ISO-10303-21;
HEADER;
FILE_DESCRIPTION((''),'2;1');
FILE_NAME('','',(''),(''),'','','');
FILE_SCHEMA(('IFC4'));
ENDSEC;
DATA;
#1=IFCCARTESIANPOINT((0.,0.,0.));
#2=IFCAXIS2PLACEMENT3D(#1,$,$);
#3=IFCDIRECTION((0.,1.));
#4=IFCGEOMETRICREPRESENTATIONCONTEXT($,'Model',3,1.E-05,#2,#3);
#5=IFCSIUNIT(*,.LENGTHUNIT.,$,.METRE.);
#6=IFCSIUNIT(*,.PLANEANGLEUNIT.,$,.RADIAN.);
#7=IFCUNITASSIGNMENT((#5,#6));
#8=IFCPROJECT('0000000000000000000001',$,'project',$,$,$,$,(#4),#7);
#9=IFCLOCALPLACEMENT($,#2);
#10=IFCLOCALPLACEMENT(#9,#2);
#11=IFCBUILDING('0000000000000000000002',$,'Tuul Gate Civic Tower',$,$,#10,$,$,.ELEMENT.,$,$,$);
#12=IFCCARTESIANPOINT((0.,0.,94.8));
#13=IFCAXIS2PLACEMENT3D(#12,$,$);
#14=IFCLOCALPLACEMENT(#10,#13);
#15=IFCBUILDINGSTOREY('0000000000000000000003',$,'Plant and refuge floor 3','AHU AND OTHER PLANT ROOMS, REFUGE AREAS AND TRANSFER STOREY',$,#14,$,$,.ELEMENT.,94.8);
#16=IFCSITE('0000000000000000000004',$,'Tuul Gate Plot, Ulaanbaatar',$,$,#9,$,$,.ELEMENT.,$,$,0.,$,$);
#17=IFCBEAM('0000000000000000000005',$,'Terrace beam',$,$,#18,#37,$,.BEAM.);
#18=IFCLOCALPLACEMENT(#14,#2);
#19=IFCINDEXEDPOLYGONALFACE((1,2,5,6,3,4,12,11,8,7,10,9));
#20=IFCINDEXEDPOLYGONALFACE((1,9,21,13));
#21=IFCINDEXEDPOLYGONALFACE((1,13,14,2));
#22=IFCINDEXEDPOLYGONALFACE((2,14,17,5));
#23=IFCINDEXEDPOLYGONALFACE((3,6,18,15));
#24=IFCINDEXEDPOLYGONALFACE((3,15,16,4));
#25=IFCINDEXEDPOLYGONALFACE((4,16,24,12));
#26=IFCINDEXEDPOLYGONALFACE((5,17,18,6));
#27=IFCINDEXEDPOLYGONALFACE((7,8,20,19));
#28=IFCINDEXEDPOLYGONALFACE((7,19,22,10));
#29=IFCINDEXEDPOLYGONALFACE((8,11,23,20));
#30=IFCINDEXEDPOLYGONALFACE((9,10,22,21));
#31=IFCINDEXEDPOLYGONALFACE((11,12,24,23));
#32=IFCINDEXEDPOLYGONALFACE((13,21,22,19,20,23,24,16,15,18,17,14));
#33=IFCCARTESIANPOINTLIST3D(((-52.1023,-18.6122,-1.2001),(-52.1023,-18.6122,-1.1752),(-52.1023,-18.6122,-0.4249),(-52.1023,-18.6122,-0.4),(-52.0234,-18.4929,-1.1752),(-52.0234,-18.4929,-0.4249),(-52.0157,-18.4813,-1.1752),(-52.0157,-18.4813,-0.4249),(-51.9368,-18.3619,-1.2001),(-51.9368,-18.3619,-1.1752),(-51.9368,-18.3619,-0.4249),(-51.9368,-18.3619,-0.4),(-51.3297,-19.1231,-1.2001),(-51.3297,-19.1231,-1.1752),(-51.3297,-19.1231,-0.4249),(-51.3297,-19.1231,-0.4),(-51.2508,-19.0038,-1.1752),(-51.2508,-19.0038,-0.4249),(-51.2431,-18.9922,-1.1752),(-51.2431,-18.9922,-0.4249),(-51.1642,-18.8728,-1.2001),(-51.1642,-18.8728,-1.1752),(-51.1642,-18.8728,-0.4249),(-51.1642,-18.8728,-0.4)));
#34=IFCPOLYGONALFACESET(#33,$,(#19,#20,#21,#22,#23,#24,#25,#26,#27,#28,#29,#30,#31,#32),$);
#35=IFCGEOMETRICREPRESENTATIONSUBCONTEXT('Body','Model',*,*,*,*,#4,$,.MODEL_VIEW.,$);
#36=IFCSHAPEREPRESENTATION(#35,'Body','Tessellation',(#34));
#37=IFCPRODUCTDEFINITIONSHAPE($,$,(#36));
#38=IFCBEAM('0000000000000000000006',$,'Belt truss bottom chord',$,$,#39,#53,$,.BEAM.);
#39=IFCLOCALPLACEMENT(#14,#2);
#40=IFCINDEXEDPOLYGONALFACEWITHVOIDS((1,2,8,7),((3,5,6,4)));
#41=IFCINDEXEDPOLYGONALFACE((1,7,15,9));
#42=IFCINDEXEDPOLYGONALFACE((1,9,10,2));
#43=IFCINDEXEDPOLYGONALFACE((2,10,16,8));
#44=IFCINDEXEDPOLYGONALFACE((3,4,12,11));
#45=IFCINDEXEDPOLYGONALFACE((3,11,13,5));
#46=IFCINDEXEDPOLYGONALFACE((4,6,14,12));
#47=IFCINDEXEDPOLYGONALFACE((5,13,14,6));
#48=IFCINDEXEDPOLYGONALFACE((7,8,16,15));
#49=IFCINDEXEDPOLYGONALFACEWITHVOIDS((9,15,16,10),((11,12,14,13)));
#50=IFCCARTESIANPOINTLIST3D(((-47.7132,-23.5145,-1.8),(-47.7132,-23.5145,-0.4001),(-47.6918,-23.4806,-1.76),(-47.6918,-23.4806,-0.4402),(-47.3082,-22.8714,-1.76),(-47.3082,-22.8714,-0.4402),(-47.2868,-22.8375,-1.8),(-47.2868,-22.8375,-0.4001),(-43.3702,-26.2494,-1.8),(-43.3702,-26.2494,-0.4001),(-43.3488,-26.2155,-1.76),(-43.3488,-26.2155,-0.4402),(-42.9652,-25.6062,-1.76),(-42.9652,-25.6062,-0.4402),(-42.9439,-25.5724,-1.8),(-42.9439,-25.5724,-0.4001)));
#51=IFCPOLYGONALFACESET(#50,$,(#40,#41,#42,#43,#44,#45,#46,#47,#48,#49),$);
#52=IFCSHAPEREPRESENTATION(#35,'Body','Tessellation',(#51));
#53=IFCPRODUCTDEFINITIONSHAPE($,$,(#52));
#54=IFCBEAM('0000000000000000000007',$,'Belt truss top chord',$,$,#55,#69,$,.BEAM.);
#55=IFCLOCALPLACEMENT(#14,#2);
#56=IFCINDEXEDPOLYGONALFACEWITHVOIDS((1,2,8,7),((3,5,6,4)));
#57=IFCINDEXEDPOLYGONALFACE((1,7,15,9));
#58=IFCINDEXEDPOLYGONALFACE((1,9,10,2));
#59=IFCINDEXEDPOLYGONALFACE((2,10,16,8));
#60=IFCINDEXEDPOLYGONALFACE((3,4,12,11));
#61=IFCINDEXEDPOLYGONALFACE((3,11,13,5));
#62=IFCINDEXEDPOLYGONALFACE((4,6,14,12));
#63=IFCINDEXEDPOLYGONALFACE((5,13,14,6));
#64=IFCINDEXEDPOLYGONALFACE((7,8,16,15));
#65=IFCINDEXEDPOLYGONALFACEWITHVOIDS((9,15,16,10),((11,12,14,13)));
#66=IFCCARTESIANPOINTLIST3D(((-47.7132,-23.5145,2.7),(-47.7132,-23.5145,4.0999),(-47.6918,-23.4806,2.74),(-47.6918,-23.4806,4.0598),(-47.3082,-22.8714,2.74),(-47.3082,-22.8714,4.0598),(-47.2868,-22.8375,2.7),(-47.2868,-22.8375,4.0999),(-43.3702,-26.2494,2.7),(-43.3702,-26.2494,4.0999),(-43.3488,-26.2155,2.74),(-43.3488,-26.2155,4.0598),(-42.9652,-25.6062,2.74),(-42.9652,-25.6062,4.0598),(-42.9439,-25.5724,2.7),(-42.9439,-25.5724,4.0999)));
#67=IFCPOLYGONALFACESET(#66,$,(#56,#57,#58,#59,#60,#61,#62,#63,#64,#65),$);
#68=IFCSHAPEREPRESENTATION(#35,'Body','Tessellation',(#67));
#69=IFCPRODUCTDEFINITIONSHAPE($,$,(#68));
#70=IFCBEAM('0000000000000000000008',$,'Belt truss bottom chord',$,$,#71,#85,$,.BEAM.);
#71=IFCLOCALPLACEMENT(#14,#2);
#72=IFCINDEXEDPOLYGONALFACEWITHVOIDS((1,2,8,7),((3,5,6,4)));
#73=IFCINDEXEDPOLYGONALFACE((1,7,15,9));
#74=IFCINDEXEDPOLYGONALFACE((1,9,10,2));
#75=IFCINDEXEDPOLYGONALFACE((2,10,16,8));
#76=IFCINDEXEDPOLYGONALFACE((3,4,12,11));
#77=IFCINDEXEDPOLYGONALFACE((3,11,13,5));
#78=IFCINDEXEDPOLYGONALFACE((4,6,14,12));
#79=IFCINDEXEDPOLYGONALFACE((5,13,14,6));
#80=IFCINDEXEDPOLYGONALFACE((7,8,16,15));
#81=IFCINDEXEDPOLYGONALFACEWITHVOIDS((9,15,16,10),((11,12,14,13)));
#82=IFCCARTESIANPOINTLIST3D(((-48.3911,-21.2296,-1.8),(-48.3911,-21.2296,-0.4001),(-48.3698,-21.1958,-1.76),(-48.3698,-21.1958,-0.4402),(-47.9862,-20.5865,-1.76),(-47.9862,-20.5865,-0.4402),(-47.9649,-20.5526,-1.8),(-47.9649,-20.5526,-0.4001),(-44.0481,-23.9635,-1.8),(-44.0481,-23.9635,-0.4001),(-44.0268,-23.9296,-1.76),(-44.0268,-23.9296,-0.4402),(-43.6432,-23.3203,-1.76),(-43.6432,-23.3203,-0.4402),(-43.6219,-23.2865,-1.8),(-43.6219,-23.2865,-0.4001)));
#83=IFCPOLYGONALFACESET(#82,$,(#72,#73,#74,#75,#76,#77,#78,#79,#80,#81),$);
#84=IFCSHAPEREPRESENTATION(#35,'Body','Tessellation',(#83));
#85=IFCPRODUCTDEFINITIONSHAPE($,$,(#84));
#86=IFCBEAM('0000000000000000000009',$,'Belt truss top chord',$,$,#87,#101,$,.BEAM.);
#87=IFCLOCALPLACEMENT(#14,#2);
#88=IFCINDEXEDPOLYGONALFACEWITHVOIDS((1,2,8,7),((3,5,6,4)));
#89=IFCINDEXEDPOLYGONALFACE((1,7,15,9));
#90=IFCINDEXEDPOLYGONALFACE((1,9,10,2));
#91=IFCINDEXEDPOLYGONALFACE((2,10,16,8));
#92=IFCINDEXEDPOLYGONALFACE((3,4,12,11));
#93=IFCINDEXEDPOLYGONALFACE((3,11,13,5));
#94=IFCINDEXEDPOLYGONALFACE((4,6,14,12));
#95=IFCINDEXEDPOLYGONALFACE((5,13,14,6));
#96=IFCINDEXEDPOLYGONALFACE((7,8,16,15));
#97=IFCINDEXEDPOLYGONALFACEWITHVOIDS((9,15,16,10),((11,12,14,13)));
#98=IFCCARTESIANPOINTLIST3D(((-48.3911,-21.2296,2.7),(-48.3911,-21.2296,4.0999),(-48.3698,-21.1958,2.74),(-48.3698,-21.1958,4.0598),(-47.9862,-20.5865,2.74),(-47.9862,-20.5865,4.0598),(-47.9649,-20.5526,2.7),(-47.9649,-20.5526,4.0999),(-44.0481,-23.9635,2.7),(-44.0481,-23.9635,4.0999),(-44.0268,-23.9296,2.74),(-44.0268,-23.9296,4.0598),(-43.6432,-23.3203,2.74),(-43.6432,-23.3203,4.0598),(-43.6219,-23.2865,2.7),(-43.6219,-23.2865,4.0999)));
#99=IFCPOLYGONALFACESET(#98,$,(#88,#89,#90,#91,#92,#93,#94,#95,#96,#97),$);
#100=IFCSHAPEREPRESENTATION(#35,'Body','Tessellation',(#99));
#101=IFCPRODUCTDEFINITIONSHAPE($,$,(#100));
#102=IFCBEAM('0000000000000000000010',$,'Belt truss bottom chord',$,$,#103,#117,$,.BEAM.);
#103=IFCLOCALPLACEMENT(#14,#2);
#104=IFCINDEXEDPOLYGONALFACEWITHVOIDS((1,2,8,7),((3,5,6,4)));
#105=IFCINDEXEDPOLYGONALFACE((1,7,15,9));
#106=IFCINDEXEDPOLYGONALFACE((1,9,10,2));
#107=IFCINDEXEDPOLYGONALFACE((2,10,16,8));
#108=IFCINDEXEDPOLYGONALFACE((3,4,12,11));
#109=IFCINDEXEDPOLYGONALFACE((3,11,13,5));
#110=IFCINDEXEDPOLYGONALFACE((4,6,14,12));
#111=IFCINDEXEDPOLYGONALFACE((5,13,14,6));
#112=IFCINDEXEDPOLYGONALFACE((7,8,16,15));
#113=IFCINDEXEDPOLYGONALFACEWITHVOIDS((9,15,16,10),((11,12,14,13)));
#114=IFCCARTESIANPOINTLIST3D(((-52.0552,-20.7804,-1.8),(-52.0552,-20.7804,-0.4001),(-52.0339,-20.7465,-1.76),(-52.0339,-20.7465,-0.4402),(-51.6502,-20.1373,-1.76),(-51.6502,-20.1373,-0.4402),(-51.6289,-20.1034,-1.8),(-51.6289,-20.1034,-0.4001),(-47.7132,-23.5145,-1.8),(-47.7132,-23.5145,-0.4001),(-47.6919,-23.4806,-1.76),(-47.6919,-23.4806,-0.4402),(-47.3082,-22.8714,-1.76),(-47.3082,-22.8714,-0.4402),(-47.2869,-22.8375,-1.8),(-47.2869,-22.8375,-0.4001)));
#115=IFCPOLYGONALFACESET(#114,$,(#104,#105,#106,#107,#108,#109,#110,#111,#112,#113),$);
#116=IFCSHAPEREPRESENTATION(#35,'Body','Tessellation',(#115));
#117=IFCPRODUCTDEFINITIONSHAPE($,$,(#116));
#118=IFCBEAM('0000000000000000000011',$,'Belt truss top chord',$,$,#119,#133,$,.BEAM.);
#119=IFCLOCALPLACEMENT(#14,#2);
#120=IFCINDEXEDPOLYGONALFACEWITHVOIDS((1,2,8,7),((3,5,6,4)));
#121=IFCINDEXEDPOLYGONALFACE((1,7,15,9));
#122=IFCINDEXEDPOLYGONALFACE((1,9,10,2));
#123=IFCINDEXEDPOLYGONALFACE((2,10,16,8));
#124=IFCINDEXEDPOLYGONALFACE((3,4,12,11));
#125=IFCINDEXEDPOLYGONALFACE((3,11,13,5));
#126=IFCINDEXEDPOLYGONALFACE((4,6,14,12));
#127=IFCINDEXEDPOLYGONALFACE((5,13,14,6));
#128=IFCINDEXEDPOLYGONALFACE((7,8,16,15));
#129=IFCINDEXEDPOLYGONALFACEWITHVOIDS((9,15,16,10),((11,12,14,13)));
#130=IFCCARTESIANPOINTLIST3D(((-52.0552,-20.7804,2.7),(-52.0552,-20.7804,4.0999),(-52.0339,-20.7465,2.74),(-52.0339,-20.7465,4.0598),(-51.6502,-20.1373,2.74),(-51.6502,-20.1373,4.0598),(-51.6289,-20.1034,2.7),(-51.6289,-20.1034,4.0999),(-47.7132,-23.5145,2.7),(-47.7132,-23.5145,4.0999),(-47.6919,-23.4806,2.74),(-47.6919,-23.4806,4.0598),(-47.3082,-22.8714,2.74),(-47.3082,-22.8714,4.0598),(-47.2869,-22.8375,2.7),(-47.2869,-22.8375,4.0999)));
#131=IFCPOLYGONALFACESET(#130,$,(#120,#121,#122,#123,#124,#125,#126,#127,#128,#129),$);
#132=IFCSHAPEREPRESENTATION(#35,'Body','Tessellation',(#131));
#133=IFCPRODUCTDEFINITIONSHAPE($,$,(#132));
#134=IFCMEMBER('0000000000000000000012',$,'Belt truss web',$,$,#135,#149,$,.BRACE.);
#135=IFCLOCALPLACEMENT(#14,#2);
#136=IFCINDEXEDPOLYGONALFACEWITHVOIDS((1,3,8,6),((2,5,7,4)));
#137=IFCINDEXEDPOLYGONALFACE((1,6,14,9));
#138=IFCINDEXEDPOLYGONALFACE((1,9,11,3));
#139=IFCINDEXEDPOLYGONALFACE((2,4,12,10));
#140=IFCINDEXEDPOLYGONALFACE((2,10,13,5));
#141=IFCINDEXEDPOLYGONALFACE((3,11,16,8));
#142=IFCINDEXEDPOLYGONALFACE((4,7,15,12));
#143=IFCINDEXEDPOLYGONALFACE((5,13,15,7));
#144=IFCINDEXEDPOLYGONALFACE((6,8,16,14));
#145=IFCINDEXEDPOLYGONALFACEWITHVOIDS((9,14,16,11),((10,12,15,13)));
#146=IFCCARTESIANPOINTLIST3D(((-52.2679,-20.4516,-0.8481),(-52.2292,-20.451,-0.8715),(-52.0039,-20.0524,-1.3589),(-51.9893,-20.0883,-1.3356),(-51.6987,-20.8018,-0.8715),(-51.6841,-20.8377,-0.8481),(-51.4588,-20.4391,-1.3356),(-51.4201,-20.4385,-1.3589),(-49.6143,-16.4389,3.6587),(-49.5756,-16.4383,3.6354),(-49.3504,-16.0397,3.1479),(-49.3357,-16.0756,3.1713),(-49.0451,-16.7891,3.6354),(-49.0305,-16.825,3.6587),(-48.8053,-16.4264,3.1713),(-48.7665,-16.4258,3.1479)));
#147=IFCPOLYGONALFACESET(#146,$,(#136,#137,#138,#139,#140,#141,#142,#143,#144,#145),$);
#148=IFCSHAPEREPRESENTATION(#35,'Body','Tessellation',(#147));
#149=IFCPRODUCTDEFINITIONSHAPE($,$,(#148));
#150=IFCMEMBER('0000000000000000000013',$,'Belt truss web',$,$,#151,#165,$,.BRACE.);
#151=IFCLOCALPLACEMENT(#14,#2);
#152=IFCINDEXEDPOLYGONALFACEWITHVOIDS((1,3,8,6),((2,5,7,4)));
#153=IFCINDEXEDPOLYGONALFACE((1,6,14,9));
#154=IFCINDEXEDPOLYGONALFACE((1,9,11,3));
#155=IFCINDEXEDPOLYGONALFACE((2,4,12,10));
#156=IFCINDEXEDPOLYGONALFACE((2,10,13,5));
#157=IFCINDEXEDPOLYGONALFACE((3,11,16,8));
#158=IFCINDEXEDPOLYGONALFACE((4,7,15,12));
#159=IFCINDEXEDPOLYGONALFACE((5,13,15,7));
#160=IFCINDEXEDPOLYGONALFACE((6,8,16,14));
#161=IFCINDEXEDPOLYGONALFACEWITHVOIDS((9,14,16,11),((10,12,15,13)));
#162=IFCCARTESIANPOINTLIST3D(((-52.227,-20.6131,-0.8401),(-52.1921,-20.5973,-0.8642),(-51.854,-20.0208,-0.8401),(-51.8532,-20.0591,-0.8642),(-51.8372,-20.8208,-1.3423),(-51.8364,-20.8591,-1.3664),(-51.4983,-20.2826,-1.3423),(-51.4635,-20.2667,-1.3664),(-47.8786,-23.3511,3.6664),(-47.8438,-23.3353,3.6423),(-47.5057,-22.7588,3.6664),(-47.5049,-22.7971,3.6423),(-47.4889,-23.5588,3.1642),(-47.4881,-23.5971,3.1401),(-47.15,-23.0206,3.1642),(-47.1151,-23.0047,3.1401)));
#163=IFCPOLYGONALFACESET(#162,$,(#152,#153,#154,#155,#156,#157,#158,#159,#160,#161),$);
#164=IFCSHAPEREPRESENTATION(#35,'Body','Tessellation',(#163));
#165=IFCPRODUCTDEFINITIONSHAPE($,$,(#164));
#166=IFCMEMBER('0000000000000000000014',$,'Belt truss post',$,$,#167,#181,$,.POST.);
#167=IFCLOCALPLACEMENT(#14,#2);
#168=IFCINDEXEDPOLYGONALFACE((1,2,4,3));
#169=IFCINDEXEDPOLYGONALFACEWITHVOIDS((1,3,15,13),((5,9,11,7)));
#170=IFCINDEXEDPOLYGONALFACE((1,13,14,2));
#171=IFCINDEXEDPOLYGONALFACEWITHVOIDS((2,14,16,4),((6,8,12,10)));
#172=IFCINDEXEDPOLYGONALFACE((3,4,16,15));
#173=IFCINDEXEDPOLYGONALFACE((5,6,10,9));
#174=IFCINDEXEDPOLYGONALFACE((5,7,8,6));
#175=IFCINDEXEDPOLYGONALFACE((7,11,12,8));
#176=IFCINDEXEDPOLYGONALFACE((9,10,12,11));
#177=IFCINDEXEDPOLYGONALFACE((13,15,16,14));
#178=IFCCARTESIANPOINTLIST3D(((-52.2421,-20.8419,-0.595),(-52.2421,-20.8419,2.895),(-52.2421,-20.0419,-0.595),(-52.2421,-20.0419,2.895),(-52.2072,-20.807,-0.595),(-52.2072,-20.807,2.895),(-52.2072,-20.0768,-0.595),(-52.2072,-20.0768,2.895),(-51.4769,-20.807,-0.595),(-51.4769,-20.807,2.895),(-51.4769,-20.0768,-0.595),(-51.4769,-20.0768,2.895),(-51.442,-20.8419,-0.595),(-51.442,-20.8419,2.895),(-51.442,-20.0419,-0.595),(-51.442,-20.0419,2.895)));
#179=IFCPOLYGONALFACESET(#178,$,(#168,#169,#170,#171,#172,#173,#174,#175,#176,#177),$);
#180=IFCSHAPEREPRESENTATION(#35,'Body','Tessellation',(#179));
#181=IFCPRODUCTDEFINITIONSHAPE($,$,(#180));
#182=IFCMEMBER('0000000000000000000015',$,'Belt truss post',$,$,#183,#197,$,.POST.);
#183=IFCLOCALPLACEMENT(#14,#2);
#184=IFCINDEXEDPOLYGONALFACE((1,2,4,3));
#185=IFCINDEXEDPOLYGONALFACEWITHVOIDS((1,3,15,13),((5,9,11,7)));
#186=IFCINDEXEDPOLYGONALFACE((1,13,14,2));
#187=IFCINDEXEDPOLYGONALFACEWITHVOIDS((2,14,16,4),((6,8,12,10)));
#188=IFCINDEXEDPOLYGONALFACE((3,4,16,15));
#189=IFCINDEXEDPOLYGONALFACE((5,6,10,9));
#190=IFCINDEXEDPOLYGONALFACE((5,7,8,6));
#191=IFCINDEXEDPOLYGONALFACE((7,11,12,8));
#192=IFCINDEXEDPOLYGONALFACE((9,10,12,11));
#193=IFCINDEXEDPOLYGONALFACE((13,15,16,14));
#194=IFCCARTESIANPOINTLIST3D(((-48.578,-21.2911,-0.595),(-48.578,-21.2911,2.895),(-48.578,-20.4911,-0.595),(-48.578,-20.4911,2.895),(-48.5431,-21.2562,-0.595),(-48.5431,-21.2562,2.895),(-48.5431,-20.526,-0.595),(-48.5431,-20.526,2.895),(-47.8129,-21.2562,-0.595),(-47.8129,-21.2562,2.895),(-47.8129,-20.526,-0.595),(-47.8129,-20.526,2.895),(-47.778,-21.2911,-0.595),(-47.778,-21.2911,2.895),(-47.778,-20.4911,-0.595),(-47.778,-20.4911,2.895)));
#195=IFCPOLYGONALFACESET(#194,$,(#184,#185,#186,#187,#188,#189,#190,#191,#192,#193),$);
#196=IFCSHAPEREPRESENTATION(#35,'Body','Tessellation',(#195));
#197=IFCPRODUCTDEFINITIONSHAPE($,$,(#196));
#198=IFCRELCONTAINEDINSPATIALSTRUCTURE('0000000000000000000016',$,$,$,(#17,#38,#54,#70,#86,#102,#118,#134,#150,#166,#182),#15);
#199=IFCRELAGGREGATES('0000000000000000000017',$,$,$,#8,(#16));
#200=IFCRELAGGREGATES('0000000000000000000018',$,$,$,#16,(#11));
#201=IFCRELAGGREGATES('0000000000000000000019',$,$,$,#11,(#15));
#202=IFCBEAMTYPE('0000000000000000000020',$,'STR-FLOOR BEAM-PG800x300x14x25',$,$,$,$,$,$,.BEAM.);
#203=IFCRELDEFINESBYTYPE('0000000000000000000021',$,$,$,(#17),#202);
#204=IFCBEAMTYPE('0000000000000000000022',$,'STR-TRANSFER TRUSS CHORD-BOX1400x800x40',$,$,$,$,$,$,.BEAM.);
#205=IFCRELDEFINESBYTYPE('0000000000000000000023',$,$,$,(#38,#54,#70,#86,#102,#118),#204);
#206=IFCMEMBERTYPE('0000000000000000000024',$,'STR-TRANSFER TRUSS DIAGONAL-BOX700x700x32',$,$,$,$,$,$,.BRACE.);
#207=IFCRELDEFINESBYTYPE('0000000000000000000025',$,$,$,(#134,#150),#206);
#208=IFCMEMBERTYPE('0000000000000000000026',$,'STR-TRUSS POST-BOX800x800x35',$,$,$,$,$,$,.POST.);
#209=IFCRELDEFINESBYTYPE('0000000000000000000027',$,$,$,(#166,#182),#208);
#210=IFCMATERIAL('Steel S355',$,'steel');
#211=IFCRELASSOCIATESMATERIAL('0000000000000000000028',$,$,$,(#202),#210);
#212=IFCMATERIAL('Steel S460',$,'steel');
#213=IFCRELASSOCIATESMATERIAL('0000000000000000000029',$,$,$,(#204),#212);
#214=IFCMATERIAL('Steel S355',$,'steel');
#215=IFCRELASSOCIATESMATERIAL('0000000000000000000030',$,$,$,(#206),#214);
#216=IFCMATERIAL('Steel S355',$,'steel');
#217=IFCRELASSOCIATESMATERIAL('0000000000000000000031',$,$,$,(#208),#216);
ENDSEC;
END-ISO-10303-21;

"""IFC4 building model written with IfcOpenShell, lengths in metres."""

from ifc_helpers import new_model, si_unit, direction, frame, origin, origin_2d, place, context, subcontext, project, spatial, hollow_rectangle, i_section, extrude, material, material_profile, profile_set, type_object, element, save


model = new_model("IFC4")

# Units and contexts
model_context = context("Model", 3, precision=1e-05, world=origin(), true_north=direction((0.0, 1.0)))
body_context = subcontext(model_context, "Body", "Model", "MODEL_VIEW")
ifc_project = project(units=[si_unit("LENGTHUNIT", "METRE"), si_unit("PLANEANGLEUNIT", "RADIAN")], contexts=[model_context])

# Site, building, storey
site_placement = place(None, origin())
site = spatial("IfcSite", under=ifc_project, at=site_placement, Name="Tuul Gate Plot, Ulaanbaatar", CompositionType="ELEMENT", RefElevation=0.0)
building_placement = place(site_placement, origin())
building = spatial("IfcBuilding", under=site, at=building_placement, Name="Tuul Gate Civic Tower", CompositionType="ELEMENT")
storey_placement = place(building_placement, frame((0.0, 0.0, 94.8)))
storey = spatial("IfcBuildingStorey", under=building, at=storey_placement, Name="Plant and refuge floor 3", Description="AHU AND OTHER PLANT ROOMS, REFUGE AREAS AND TRANSFER STOREY", CompositionType="ELEMENT", Elevation=94.8)

# Beams
ifc_material_1 = material(Name="Steel S355", Category="steel")
ifc_material_profile_1 = material_profile(ifc_material_1, i_section(OverallWidth=0.3, OverallDepth=0.8, WebThickness=0.0139, FlangeThickness=0.0249, at=origin_2d()), Name="PG800x300x14x25")
ifc_profile_set_1 = profile_set([ifc_material_profile_1], Name="Steel S355")
beam_type_1 = type_object("IfcBeamType", Name="STR-FLOOR BEAM-PG800x300x14x25", PredefinedType="BEAM", material=ifc_profile_set_1)
beam_placement = place(storey_placement, frame((-52.0195, -18.4871, -0.8), z_axis=(0.834112, -0.551595, 0.0), x_axis=(0.551595, 0.834112, 0.0)))
element("IfcBeam", 1, at=beam_placement, inside=storey, type_object=beam_type_1, Name="Terrace beam", PredefinedType="BEAM", context=body_context, shape_type="SweptSolid", body=[
    extrude(i_section(OverallWidth=0.3, OverallDepth=0.8, WebThickness=0.0139, FlangeThickness=0.0249, at=origin_2d()), origin(), (0.0, 0.0, 1.0), 0.9263),
])
ifc_material_2 = material(Name="Steel S460", Category="steel")
ifc_material_profile_2 = material_profile(ifc_material_2, hollow_rectangle(XDim=0.8, YDim=1.3999, WallThickness=0.04, at=origin_2d()), Name="BOX1400x800x40")
ifc_profile_set_2 = profile_set([ifc_material_profile_2], Name="Steel S460")
beam_type_2 = type_object("IfcBeamType", Name="STR-TRANSFER TRUSS CHORD-BOX1400x800x40", PredefinedType="BEAM", material=ifc_profile_set_2)
for number, where, z_axis, x_axis, name in (
    (2, (-47.5, -23.176, -1.1001), (0.8462, -0.532865, 0.0), (0.532865, 0.8462, 0.0), "Belt truss bottom chord"),
    (3, (-47.5, -23.176, 3.3999), (0.8462, -0.532865, 0.0), (0.532865, 0.8462, 0.0), "Belt truss top chord"),
):
    element("IfcBeam", number, at=place(storey_placement, frame(where, z_axis=z_axis, x_axis=x_axis)), inside=storey, type_object=beam_type_2, Name=name, PredefinedType="BEAM", context=body_context, shape_type="SweptSolid", body=[
        extrude(hollow_rectangle(XDim=0.8, YDim=1.3999, WallThickness=0.04, at=origin_2d()), origin(), (0.0, 0.0, 1.0), 5.1323),
    ])
for number, where, z_axis, x_axis, name in (
    (4, (-48.178, -20.8911, -1.1001), (0.846286, -0.532729, 0.0), (0.532729, 0.846286, 0.0), "Belt truss bottom chord"),
    (5, (-48.178, -20.8911, 3.3999), (0.846286, -0.532729, 0.0), (0.532729, 0.846286, 0.0), "Belt truss top chord"),
):
    element("IfcBeam", number, at=place(storey_placement, frame(where, z_axis=z_axis, x_axis=x_axis)), inside=storey, type_object=beam_type_2, Name=name, PredefinedType="BEAM", context=body_context, shape_type="SweptSolid", body=[
        extrude(hollow_rectangle(XDim=0.8, YDim=1.3999, WallThickness=0.04, at=origin_2d()), origin(), (0.0, 0.0, 1.0), 5.1318),
    ])
for number, where, z_axis, x_axis, name in (
    (6, (-51.842, -20.4419, -1.1001), (0.846211, -0.532849, 0.0), (0.532849, 0.846211, 0.0), "Belt truss bottom chord"),
    (7, (-51.842, -20.4419, 3.3999), (0.846211, -0.532849, 0.0), (0.532849, 0.846211, 0.0), "Belt truss top chord"),
):
    element("IfcBeam", number, at=place(storey_placement, frame(where, z_axis=z_axis, x_axis=x_axis)), inside=storey, type_object=beam_type_2, Name=name, PredefinedType="BEAM", context=body_context, shape_type="SweptSolid", body=[
        extrude(hollow_rectangle(XDim=0.8, YDim=1.3999, WallThickness=0.04, at=origin_2d()), origin(), (0.0, 0.0, 1.0), 5.1311),
    ])

# Members
ifc_material_3 = material(Name="Steel S355", Category="steel")
ifc_material_profile_3 = material_profile(ifc_material_3, hollow_rectangle(XDim=0.7, YDim=0.7, WallThickness=0.032, at=origin_2d()), Name="BOX700x700x32")
ifc_profile_set_3 = profile_set([ifc_material_profile_3], Name="Steel S355")
member_type_1 = type_object("IfcMemberType", Name="STR-TRANSFER TRUSS DIAGONAL-BOX700x700x32", PredefinedType="BRACE", material=ifc_profile_set_3)
member_1_placement = place(storey_placement, frame((-51.844, -20.4451, -1.1035), z_axis=(0.402542, 0.60872, 0.683681), x_axis=(-0.834114, 0.551593, 0.0)))
element("IfcMember", 8, at=member_1_placement, inside=storey, type_object=member_type_1, Name="Belt truss web", PredefinedType="BRACE", context=body_context, shape_type="SweptSolid", body=[
    extrude(hollow_rectangle(XDim=0.7, YDim=0.7, WallThickness=0.032, at=origin_2d()), origin(), (0.0, 0.0, 1.0), 6.592),
])
member_2_placement = place(storey_placement, frame((-51.8452, -20.4399, -1.1033), z_axis=(0.636212, -0.400601, 0.659358), x_axis=(0.532836, 0.846219, 0.0)))
element("IfcMember", 9, at=member_2_placement, inside=storey, type_object=member_type_1, Name="Belt truss web", PredefinedType="BRACE", context=body_context, shape_type="SweptSolid", body=[
    extrude(hollow_rectangle(XDim=0.7, YDim=0.7, WallThickness=0.032, at=origin_2d()), origin(), (0.0, 0.0, 1.0), 6.8347),
])
ifc_material_4 = material(Name="Steel S355", Category="steel")
ifc_material_profile_4 = material_profile(ifc_material_4, hollow_rectangle(XDim=0.8, YDim=0.8, WallThickness=0.0349, at=origin_2d()), Name="BOX800x800x35")
ifc_profile_set_4 = profile_set([ifc_material_profile_4], Name="Steel S355")
member_type_2 = type_object("IfcMemberType", Name="STR-TRUSS POST-BOX800x800x35", PredefinedType="POST", material=ifc_profile_set_4)
for number, where, z_axis, x_axis, name in (
    (10, (-51.842, -20.4419, -0.595), (0.0, 0.0, 1.0), (1.0, 0.0, 0.0), "Belt truss post"),
    (11, (-48.178, -20.8911, -0.595), (0.0, 0.0, 1.0), (1.0, 0.0, 0.0), "Belt truss post"),
):
    element("IfcMember", number, at=place(storey_placement, frame(where, z_axis=z_axis, x_axis=x_axis)), inside=storey, type_object=member_type_2, Name=name, PredefinedType="POST", context=body_context, shape_type="SweptSolid", body=[
        extrude(hollow_rectangle(XDim=0.8, YDim=0.8, WallThickness=0.0349, at=origin_2d()), origin(), (0.0, 0.0, 1.0), 3.49),
    ])

save(model, "model.ifc")
